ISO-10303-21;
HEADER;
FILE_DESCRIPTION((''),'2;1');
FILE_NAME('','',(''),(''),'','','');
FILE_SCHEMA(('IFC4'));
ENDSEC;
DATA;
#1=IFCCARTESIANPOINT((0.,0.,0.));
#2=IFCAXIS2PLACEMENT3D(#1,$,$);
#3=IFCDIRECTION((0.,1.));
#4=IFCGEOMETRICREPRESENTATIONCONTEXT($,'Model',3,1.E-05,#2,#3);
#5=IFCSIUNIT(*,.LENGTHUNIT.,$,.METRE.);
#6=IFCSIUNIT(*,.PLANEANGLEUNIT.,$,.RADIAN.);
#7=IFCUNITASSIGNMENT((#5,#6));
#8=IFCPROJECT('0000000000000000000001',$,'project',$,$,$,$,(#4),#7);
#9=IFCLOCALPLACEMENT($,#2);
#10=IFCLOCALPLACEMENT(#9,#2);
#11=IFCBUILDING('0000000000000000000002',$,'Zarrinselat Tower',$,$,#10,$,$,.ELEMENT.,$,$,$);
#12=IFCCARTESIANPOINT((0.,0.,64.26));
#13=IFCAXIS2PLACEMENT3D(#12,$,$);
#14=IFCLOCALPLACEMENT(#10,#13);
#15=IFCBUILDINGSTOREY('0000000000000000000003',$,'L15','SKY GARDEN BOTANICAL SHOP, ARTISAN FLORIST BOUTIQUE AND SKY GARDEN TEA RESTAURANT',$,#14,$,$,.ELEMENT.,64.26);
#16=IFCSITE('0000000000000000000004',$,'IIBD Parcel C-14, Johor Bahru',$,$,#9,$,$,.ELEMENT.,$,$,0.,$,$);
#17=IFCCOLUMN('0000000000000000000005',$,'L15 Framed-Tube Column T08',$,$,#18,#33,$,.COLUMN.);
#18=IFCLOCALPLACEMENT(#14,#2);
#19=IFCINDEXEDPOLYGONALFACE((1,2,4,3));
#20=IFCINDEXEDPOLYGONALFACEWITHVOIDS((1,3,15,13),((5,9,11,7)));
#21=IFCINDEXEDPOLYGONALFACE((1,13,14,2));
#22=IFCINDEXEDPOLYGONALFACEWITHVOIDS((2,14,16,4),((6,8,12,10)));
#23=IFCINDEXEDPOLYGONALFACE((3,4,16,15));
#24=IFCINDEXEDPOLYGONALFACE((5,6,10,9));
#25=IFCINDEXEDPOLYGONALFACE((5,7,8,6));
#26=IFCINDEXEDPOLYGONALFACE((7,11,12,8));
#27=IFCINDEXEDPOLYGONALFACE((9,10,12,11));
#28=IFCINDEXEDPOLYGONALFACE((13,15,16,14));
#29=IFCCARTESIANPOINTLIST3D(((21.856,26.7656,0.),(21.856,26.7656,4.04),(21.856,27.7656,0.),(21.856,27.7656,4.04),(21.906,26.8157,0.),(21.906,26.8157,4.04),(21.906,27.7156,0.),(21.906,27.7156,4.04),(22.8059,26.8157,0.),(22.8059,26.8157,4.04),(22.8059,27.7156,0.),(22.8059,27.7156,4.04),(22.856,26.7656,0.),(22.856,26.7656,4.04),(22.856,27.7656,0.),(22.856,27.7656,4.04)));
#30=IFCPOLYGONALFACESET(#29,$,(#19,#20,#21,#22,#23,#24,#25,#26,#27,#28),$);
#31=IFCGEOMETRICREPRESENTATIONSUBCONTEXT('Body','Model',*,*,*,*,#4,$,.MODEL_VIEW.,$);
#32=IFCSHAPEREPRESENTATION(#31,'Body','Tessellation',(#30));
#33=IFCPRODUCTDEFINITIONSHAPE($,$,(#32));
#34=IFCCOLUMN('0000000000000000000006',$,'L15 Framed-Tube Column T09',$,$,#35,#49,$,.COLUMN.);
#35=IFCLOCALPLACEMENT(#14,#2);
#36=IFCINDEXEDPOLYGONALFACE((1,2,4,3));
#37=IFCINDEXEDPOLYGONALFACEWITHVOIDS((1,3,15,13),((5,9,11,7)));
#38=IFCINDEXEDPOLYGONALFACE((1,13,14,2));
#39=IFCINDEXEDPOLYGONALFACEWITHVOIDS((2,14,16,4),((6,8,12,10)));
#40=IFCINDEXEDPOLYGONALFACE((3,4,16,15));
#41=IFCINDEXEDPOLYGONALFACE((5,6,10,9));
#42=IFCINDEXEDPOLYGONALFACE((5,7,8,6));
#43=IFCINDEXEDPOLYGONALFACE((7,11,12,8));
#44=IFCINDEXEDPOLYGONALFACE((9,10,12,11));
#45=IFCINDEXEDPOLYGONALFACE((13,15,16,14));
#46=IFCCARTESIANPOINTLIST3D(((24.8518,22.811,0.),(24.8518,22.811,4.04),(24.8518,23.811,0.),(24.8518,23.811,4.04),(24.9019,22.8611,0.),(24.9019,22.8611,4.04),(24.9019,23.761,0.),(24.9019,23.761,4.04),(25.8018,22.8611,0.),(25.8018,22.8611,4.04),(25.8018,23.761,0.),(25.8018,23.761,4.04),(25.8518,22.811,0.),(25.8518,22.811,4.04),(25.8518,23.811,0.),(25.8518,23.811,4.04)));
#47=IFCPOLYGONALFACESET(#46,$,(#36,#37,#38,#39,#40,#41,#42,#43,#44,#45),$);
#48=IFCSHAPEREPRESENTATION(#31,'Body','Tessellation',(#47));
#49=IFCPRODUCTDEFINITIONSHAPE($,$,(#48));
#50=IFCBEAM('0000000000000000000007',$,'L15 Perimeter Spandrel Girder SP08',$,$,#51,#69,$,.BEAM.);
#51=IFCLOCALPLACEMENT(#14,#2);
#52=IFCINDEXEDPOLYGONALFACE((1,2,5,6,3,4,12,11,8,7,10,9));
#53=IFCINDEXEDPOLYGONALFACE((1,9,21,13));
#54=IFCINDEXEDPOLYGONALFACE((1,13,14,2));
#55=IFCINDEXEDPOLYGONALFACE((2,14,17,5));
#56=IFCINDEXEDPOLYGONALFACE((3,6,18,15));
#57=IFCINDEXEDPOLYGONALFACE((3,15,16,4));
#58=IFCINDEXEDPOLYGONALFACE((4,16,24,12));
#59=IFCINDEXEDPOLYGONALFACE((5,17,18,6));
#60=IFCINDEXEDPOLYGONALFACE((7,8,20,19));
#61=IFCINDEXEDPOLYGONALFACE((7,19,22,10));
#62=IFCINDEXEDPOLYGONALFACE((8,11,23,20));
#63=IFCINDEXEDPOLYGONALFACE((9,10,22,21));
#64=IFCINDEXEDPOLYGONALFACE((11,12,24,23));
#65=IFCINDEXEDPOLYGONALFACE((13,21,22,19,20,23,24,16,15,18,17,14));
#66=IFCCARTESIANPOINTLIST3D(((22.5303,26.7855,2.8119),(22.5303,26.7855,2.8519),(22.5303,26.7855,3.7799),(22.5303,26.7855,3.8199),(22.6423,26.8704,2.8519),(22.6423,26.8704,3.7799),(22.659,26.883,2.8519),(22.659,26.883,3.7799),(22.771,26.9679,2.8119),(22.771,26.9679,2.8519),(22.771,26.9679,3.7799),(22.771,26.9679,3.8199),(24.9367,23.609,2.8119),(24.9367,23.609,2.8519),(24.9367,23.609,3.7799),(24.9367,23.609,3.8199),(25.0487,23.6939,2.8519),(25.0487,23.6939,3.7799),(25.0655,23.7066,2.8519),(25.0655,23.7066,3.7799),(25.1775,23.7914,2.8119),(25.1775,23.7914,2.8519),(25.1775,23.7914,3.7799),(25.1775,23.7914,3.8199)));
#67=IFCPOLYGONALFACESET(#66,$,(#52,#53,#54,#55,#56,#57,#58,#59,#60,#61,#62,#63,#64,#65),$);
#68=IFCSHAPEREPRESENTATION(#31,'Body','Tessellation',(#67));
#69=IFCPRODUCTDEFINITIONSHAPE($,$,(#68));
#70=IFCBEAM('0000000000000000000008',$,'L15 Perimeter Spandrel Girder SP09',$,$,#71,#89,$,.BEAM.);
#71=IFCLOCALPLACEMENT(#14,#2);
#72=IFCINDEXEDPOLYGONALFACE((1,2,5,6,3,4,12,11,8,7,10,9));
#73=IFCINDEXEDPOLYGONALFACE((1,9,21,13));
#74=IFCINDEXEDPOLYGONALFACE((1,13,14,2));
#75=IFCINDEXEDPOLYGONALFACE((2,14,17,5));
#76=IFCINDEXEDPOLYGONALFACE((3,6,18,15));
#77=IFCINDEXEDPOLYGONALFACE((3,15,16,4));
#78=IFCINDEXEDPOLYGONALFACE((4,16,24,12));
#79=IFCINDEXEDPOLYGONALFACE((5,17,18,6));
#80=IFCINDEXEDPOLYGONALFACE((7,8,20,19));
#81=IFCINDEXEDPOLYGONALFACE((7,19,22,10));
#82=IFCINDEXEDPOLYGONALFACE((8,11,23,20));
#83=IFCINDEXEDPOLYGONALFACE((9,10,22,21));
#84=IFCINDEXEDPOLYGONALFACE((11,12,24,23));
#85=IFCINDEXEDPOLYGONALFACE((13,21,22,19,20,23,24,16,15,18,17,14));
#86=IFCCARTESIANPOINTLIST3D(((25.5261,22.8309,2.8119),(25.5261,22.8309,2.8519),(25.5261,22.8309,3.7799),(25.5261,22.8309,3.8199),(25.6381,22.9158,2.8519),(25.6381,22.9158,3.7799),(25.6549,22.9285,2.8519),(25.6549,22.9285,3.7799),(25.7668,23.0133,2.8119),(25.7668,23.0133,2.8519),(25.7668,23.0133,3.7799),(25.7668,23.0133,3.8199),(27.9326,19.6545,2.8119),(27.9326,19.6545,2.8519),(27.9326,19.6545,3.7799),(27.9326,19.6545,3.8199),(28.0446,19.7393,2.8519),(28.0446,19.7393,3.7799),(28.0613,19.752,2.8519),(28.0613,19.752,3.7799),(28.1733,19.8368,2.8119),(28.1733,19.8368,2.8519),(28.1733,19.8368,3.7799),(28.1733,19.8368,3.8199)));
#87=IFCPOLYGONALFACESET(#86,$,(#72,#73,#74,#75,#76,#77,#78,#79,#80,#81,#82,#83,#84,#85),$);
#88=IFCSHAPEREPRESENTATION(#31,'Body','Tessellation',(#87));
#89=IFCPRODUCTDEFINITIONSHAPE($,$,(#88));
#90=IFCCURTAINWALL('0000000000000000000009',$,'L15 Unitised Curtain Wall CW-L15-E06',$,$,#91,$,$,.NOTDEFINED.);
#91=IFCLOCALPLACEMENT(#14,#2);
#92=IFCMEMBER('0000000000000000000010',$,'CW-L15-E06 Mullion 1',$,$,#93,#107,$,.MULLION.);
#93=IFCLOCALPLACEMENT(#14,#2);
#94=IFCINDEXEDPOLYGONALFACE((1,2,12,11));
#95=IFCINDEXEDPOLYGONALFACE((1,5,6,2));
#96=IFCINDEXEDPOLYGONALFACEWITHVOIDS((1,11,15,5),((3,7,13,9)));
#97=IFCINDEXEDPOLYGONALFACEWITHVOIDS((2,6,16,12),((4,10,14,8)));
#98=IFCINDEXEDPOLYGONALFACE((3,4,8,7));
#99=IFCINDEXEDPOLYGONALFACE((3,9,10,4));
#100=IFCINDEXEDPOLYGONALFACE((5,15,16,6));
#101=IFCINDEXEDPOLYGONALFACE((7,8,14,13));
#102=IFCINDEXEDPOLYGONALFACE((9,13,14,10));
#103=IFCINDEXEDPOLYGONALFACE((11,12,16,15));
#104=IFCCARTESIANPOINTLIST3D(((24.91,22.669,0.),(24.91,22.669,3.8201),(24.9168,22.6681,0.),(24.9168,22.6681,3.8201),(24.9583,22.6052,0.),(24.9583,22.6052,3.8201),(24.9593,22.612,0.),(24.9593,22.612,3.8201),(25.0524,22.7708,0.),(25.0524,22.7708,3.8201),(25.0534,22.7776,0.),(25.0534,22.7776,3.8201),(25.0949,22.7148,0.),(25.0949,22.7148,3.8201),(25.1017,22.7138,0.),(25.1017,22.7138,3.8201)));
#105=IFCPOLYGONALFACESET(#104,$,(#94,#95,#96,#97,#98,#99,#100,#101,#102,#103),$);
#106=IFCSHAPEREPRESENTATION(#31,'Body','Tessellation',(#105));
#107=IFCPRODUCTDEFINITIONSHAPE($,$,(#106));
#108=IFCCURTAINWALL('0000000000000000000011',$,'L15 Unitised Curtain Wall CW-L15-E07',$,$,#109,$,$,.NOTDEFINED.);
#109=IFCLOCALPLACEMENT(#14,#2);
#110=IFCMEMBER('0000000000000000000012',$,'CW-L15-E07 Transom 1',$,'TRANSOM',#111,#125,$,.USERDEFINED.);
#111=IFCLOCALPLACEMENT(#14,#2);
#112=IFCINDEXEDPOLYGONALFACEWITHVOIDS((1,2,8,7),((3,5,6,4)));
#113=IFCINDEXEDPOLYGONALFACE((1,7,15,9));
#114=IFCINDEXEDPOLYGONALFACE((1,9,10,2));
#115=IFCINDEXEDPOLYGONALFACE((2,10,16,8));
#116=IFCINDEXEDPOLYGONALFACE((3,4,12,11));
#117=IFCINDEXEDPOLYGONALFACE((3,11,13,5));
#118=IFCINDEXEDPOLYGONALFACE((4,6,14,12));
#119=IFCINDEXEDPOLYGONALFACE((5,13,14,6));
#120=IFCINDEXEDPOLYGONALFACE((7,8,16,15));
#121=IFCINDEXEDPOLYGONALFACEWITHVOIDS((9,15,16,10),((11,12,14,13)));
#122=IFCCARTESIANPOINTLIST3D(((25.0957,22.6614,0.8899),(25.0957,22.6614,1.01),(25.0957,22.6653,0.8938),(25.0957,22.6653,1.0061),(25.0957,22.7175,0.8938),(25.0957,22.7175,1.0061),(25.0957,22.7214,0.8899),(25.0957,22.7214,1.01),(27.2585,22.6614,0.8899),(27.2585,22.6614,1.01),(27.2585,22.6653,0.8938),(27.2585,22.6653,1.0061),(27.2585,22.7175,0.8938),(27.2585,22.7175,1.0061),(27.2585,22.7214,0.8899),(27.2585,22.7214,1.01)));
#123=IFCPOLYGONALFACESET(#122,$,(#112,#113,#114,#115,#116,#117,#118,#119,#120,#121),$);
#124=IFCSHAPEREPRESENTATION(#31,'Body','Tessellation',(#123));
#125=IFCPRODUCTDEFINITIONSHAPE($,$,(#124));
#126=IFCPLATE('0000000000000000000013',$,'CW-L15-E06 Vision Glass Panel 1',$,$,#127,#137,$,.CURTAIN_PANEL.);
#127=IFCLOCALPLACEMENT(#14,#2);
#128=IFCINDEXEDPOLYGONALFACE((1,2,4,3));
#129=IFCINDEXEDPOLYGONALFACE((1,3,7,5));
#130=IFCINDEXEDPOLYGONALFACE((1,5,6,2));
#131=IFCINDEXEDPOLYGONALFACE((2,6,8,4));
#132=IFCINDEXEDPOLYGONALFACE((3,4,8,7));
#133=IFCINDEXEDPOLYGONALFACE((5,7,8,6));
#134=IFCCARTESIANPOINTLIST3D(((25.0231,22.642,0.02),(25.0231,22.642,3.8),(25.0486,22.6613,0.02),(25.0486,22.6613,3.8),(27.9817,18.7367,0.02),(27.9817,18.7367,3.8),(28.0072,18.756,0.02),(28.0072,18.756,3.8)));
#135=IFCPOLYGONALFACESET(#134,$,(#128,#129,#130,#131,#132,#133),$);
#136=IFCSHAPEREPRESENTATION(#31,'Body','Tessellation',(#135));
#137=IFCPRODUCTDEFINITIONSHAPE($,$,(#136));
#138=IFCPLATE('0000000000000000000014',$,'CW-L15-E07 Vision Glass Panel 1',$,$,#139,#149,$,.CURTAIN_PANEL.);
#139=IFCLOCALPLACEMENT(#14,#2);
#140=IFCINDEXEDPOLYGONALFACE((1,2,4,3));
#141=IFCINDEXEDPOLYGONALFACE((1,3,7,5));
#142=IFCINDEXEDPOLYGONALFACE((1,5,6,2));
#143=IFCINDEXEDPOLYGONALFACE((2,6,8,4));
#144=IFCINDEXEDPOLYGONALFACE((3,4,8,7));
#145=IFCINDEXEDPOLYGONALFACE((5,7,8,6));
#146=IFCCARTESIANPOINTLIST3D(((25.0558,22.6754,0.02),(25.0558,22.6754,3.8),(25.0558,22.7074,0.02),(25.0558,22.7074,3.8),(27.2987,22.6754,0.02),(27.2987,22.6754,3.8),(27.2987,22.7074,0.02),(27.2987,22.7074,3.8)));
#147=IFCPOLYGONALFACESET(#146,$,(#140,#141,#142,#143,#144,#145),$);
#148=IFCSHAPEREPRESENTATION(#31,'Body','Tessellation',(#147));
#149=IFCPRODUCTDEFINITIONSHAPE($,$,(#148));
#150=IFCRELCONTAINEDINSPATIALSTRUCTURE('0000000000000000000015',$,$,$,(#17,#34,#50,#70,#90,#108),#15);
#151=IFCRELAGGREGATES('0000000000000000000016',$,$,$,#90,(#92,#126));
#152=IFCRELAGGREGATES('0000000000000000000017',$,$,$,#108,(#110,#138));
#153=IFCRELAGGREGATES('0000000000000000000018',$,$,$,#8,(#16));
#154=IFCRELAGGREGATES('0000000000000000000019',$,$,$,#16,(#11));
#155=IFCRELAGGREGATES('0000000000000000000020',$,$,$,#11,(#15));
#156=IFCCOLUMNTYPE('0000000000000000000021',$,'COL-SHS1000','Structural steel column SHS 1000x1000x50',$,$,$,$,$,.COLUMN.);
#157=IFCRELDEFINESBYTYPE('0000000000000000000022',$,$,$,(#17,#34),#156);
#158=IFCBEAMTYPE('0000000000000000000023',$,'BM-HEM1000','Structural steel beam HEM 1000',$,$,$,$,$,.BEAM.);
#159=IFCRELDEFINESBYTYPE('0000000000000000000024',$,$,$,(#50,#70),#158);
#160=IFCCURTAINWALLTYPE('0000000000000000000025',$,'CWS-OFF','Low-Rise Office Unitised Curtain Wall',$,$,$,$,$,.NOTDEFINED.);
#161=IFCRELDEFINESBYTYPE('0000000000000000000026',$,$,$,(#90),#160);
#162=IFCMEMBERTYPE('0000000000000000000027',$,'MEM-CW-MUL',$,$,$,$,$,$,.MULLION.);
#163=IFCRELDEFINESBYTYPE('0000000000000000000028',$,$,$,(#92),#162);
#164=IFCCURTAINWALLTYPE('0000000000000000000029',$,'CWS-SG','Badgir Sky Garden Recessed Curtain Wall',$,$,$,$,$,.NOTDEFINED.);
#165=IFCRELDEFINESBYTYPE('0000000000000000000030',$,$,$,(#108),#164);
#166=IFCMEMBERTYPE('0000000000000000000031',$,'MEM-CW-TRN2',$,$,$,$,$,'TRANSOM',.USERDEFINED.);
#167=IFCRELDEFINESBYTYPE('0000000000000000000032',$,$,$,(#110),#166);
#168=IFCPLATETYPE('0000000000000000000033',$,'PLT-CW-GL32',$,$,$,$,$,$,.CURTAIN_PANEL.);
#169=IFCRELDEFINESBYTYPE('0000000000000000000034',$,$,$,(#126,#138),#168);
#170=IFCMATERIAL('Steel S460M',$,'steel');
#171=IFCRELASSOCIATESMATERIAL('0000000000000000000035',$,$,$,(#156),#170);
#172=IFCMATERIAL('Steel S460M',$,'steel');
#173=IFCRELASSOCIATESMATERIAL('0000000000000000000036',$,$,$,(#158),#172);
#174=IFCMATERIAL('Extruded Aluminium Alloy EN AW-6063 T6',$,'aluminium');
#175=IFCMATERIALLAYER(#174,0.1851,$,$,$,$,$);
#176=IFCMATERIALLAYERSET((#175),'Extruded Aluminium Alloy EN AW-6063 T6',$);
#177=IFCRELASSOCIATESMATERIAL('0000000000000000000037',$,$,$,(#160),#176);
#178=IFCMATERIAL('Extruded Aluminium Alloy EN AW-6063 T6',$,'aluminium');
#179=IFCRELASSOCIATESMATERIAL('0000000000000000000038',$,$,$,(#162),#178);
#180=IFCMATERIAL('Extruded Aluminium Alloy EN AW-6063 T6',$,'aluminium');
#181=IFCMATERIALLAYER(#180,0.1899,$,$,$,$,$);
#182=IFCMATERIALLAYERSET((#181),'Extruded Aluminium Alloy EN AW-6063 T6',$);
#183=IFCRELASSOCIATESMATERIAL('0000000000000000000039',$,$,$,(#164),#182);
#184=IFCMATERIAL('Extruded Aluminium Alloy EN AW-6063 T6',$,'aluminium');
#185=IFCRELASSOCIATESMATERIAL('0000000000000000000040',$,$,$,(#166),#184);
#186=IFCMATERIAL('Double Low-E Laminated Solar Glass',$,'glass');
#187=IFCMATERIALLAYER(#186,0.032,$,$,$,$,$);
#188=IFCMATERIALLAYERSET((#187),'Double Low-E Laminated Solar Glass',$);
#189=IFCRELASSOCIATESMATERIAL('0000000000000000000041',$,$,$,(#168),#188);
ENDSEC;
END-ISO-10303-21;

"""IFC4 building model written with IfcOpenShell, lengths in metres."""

from ifc_helpers import new_model, si_unit, direction, frame, origin, origin_2d, place, context, subcontext, project, spatial, rectangle, hollow_rectangle, i_section, extrude, material, layer, layer_set, material_profile, profile_set, type_object, element, aggregate, save


model = new_model("IFC4")

# Units and contexts
model_context = context("Model", 3, precision=1e-05, world=origin(), true_north=direction((0.0, 1.0)))
body_context = subcontext(model_context, "Body", "Model", "MODEL_VIEW")
ifc_project = project(units=[si_unit("LENGTHUNIT", "METRE"), si_unit("PLANEANGLEUNIT", "RADIAN")], contexts=[model_context])

# Site, building, storey
site_placement = place(None, origin())
site = spatial("IfcSite", under=ifc_project, at=site_placement, Name="IIBD Parcel C-14, Johor Bahru", CompositionType="ELEMENT", RefElevation=0.0)
building_placement = place(site_placement, origin())
building = spatial("IfcBuilding", under=site, at=building_placement, Name="Zarrinselat Tower", CompositionType="ELEMENT")
storey_placement = place(building_placement, frame((0.0, 0.0, 64.26)))
storey = spatial("IfcBuildingStorey", under=building, at=storey_placement, Name="L15", Description="SKY GARDEN BOTANICAL SHOP, ARTISAN FLORIST BOUTIQUE AND SKY GARDEN TEA RESTAURANT", CompositionType="ELEMENT", Elevation=64.26)

# Columns
ifc_material_1 = material(Name="Steel S460M", Category="steel")
ifc_material_profile_1 = material_profile(ifc_material_1, hollow_rectangle(XDim=1.0, YDim=1.0, WallThickness=0.05, at=origin_2d()), Name="SHS 1000x1000x50")
ifc_profile_set_1 = profile_set([ifc_material_profile_1], Name="Steel S460M")
column_type = type_object("IfcColumnType", Name="COL-SHS1000", Description="Structural steel column SHS 1000x1000x50", PredefinedType="COLUMN", material=ifc_profile_set_1)
for number, where, z_axis, x_axis, name in (
    (1, (22.356, 27.2656, 0.0), (0.0, 0.0, 1.0), (1.0, 0.0, 0.0), "L15 Framed-Tube Column T08"),
    (2, (25.3518, 23.311, 0.0), (0.0, 0.0, 1.0), (1.0, 0.0, 0.0), "L15 Framed-Tube Column T09"),
):
    element("IfcColumn", number, at=place(storey_placement, frame(where, z_axis=z_axis, x_axis=x_axis)), inside=storey, type_object=column_type, Name=name, PredefinedType="COLUMN", context=body_context, shape_type="SweptSolid", body=[
        extrude(hollow_rectangle(XDim=1.0, YDim=1.0, WallThickness=0.05, at=origin_2d()), origin(), (0.0, 0.0, 1.0), 4.04),
    ])

# Beams
ifc_material_2 = material(Name="Steel S460M", Category="steel")
ifc_material_profile_2 = material_profile(ifc_material_2, i_section(OverallWidth=0.302, OverallDepth=1.0081, WebThickness=0.021, FlangeThickness=0.04, at=origin_2d()), Name="HEM 1000")
ifc_profile_set_2 = profile_set([ifc_material_profile_2], Name="Steel S460M")
beam_type = type_object("IfcBeamType", Name="BM-HEM1000", Description="Structural steel beam HEM 1000", PredefinedType="BEAM", material=ifc_profile_set_2)
for number, where, z_axis, x_axis, name in (
    (3, (22.6506, 26.8767, 3.3159), (0.603865, -0.797087, 0.0), (0.797087, 0.603865, 0.0), "L15 Perimeter Spandrel Girder SP08"),
    (4, (25.6465, 22.9221, 3.3159), (0.603865, -0.797087, 0.0), (0.797087, 0.603865, 0.0), "L15 Perimeter Spandrel Girder SP09"),
):
    element("IfcBeam", number, at=place(storey_placement, frame(where, z_axis=z_axis, x_axis=x_axis)), inside=storey, type_object=beam_type, Name=name, PredefinedType="BEAM", context=body_context, shape_type="SweptSolid", body=[
        extrude(i_section(OverallWidth=0.302, OverallDepth=1.0081, WebThickness=0.021, FlangeThickness=0.04, at=origin_2d()), origin(), (0.0, 0.0, 1.0), 3.9851),
    ])

# Curtain walls, members
ifc_material_3 = material(Name="Extruded Aluminium Alloy EN AW-6063 T6", Category="aluminium")
ifc_layer_1 = layer(ifc_material_3, 0.1851)
ifc_layer_set_1 = layer_set([ifc_layer_1], Name="Extruded Aluminium Alloy EN AW-6063 T6")
curtain_wall_type_1 = type_object("IfcCurtainWallType", Name="CWS-OFF", Description="Low-Rise Office Unitised Curtain Wall", PredefinedType="NOTDEFINED", material=ifc_layer_set_1)
curtain_wall_1_placement = place(storey_placement, origin())
curtain_wall_1 = element("IfcCurtainWall", 5, at=curtain_wall_1_placement, inside=storey, type_object=curtain_wall_type_1, Name="L15 Unitised Curtain Wall CW-L15-E06", PredefinedType="NOTDEFINED")
ifc_material_4 = material(Name="Extruded Aluminium Alloy EN AW-6063 T6", Category="aluminium")
ifc_material_profile_3 = material_profile(ifc_material_4, hollow_rectangle(XDim=0.0801, YDim=0.1799, WallThickness=0.0049, at=origin_2d()), Name="RHS 180x80x5")
ifc_profile_set_3 = profile_set([ifc_material_profile_3], Name="Extruded Aluminium Alloy EN AW-6063 T6")
member_type_1 = type_object("IfcMemberType", Name="MEM-CW-MUL", PredefinedType="MULLION", material=ifc_profile_set_3)
member_1_placement = place(storey_placement, frame((25.0059, 22.6914, 0.0), z_axis=(0.0, 0.0, 1.0), x_axis=(-0.603859, 0.797091, 0.0)))
member_1 = element("IfcMember", 6, at=member_1_placement, type_object=member_type_1, Name="CW-L15-E06 Mullion 1", PredefinedType="MULLION", context=body_context, shape_type="SweptSolid", body=[
    extrude(hollow_rectangle(XDim=0.0801, YDim=0.1799, WallThickness=0.0049, at=origin_2d()), origin(), (0.0, 0.0, 1.0), 3.8201),
])
ifc_material_5 = material(Name="Extruded Aluminium Alloy EN AW-6063 T6", Category="aluminium")
ifc_layer_2 = layer(ifc_material_5, 0.1899)
ifc_layer_set_2 = layer_set([ifc_layer_2], Name="Extruded Aluminium Alloy EN AW-6063 T6")
curtain_wall_type_2 = type_object("IfcCurtainWallType", Name="CWS-SG", Description="Badgir Sky Garden Recessed Curtain Wall", PredefinedType="NOTDEFINED", material=ifc_layer_set_2)
curtain_wall_2_placement = place(storey_placement, origin())
curtain_wall_2 = element("IfcCurtainWall", 7, at=curtain_wall_2_placement, inside=storey, type_object=curtain_wall_type_2, Name="L15 Unitised Curtain Wall CW-L15-E07", PredefinedType="NOTDEFINED")
ifc_material_6 = material(Name="Extruded Aluminium Alloy EN AW-6063 T6", Category="aluminium")
ifc_material_profile_4 = material_profile(ifc_material_6, hollow_rectangle(XDim=0.0601, YDim=0.1201, WallThickness=0.0039, at=origin_2d()), Name="RHS 120x60x4")
ifc_profile_set_4 = profile_set([ifc_material_profile_4], Name="Extruded Aluminium Alloy EN AW-6063 T6")
member_type_2 = type_object("IfcMemberType", Name="MEM-CW-TRN2", ElementType="TRANSOM", PredefinedType="USERDEFINED", material=ifc_profile_set_4)
member_2_placement = place(storey_placement, frame((25.0957, 22.6914, 0.95), z_axis=(1.0, 0.0, 0.0), x_axis=(0.0, 1.0, 0.0)))
member_2 = element("IfcMember", 8, at=member_2_placement, type_object=member_type_2, Name="CW-L15-E07 Transom 1", ObjectType="TRANSOM", PredefinedType="USERDEFINED", context=body_context, shape_type="SweptSolid", body=[
    extrude(hollow_rectangle(XDim=0.0601, YDim=0.1201, WallThickness=0.0039, at=origin_2d()), origin(), (0.0, 0.0, 1.0), 2.1628),
])

# Plates
ifc_material_7 = material(Name="Double Low-E Laminated Solar Glass", Category="glass")
ifc_layer_3 = layer(ifc_material_7, 0.032)
ifc_layer_set_3 = layer_set([ifc_layer_3], Name="Double Low-E Laminated Solar Glass")
plate_type = type_object("IfcPlateType", Name="PLT-CW-GL32", PredefinedType="CURTAIN_PANEL", material=ifc_layer_set_3)
plate_1_placement = place(storey_placement, frame((26.5151, 20.699, 0.02), z_axis=(0.0, 0.0, 1.0), x_axis=(-0.603859, 0.797091, 0.0)))
plate_1 = element("IfcPlate", 9, at=plate_1_placement, type_object=plate_type, Name="CW-L15-E06 Vision Glass Panel 1", PredefinedType="CURTAIN_PANEL", context=body_context, shape_type="SweptSolid", body=[
    extrude(rectangle(XDim=4.8994, YDim=0.032, at=origin_2d()), origin(), (0.0, 0.0, 1.0), 3.78),
])
aggregate(curtain_wall_1, [member_1, plate_1])
plate_2_placement = place(storey_placement, frame((26.1772, 22.6914, 0.02), z_axis=(0.0, 0.0, 1.0), x_axis=(1.0, 0.0, 0.0)))
plate_2 = element("IfcPlate", 10, at=plate_2_placement, type_object=plate_type, Name="CW-L15-E07 Vision Glass Panel 1", PredefinedType="CURTAIN_PANEL", context=body_context, shape_type="SweptSolid", body=[
    extrude(rectangle(XDim=2.2429, YDim=0.032, at=origin_2d()), origin(), (0.0, 0.0, 1.0), 3.78),
])
aggregate(curtain_wall_2, [member_2, plate_2])

save(model, "model.ifc")
